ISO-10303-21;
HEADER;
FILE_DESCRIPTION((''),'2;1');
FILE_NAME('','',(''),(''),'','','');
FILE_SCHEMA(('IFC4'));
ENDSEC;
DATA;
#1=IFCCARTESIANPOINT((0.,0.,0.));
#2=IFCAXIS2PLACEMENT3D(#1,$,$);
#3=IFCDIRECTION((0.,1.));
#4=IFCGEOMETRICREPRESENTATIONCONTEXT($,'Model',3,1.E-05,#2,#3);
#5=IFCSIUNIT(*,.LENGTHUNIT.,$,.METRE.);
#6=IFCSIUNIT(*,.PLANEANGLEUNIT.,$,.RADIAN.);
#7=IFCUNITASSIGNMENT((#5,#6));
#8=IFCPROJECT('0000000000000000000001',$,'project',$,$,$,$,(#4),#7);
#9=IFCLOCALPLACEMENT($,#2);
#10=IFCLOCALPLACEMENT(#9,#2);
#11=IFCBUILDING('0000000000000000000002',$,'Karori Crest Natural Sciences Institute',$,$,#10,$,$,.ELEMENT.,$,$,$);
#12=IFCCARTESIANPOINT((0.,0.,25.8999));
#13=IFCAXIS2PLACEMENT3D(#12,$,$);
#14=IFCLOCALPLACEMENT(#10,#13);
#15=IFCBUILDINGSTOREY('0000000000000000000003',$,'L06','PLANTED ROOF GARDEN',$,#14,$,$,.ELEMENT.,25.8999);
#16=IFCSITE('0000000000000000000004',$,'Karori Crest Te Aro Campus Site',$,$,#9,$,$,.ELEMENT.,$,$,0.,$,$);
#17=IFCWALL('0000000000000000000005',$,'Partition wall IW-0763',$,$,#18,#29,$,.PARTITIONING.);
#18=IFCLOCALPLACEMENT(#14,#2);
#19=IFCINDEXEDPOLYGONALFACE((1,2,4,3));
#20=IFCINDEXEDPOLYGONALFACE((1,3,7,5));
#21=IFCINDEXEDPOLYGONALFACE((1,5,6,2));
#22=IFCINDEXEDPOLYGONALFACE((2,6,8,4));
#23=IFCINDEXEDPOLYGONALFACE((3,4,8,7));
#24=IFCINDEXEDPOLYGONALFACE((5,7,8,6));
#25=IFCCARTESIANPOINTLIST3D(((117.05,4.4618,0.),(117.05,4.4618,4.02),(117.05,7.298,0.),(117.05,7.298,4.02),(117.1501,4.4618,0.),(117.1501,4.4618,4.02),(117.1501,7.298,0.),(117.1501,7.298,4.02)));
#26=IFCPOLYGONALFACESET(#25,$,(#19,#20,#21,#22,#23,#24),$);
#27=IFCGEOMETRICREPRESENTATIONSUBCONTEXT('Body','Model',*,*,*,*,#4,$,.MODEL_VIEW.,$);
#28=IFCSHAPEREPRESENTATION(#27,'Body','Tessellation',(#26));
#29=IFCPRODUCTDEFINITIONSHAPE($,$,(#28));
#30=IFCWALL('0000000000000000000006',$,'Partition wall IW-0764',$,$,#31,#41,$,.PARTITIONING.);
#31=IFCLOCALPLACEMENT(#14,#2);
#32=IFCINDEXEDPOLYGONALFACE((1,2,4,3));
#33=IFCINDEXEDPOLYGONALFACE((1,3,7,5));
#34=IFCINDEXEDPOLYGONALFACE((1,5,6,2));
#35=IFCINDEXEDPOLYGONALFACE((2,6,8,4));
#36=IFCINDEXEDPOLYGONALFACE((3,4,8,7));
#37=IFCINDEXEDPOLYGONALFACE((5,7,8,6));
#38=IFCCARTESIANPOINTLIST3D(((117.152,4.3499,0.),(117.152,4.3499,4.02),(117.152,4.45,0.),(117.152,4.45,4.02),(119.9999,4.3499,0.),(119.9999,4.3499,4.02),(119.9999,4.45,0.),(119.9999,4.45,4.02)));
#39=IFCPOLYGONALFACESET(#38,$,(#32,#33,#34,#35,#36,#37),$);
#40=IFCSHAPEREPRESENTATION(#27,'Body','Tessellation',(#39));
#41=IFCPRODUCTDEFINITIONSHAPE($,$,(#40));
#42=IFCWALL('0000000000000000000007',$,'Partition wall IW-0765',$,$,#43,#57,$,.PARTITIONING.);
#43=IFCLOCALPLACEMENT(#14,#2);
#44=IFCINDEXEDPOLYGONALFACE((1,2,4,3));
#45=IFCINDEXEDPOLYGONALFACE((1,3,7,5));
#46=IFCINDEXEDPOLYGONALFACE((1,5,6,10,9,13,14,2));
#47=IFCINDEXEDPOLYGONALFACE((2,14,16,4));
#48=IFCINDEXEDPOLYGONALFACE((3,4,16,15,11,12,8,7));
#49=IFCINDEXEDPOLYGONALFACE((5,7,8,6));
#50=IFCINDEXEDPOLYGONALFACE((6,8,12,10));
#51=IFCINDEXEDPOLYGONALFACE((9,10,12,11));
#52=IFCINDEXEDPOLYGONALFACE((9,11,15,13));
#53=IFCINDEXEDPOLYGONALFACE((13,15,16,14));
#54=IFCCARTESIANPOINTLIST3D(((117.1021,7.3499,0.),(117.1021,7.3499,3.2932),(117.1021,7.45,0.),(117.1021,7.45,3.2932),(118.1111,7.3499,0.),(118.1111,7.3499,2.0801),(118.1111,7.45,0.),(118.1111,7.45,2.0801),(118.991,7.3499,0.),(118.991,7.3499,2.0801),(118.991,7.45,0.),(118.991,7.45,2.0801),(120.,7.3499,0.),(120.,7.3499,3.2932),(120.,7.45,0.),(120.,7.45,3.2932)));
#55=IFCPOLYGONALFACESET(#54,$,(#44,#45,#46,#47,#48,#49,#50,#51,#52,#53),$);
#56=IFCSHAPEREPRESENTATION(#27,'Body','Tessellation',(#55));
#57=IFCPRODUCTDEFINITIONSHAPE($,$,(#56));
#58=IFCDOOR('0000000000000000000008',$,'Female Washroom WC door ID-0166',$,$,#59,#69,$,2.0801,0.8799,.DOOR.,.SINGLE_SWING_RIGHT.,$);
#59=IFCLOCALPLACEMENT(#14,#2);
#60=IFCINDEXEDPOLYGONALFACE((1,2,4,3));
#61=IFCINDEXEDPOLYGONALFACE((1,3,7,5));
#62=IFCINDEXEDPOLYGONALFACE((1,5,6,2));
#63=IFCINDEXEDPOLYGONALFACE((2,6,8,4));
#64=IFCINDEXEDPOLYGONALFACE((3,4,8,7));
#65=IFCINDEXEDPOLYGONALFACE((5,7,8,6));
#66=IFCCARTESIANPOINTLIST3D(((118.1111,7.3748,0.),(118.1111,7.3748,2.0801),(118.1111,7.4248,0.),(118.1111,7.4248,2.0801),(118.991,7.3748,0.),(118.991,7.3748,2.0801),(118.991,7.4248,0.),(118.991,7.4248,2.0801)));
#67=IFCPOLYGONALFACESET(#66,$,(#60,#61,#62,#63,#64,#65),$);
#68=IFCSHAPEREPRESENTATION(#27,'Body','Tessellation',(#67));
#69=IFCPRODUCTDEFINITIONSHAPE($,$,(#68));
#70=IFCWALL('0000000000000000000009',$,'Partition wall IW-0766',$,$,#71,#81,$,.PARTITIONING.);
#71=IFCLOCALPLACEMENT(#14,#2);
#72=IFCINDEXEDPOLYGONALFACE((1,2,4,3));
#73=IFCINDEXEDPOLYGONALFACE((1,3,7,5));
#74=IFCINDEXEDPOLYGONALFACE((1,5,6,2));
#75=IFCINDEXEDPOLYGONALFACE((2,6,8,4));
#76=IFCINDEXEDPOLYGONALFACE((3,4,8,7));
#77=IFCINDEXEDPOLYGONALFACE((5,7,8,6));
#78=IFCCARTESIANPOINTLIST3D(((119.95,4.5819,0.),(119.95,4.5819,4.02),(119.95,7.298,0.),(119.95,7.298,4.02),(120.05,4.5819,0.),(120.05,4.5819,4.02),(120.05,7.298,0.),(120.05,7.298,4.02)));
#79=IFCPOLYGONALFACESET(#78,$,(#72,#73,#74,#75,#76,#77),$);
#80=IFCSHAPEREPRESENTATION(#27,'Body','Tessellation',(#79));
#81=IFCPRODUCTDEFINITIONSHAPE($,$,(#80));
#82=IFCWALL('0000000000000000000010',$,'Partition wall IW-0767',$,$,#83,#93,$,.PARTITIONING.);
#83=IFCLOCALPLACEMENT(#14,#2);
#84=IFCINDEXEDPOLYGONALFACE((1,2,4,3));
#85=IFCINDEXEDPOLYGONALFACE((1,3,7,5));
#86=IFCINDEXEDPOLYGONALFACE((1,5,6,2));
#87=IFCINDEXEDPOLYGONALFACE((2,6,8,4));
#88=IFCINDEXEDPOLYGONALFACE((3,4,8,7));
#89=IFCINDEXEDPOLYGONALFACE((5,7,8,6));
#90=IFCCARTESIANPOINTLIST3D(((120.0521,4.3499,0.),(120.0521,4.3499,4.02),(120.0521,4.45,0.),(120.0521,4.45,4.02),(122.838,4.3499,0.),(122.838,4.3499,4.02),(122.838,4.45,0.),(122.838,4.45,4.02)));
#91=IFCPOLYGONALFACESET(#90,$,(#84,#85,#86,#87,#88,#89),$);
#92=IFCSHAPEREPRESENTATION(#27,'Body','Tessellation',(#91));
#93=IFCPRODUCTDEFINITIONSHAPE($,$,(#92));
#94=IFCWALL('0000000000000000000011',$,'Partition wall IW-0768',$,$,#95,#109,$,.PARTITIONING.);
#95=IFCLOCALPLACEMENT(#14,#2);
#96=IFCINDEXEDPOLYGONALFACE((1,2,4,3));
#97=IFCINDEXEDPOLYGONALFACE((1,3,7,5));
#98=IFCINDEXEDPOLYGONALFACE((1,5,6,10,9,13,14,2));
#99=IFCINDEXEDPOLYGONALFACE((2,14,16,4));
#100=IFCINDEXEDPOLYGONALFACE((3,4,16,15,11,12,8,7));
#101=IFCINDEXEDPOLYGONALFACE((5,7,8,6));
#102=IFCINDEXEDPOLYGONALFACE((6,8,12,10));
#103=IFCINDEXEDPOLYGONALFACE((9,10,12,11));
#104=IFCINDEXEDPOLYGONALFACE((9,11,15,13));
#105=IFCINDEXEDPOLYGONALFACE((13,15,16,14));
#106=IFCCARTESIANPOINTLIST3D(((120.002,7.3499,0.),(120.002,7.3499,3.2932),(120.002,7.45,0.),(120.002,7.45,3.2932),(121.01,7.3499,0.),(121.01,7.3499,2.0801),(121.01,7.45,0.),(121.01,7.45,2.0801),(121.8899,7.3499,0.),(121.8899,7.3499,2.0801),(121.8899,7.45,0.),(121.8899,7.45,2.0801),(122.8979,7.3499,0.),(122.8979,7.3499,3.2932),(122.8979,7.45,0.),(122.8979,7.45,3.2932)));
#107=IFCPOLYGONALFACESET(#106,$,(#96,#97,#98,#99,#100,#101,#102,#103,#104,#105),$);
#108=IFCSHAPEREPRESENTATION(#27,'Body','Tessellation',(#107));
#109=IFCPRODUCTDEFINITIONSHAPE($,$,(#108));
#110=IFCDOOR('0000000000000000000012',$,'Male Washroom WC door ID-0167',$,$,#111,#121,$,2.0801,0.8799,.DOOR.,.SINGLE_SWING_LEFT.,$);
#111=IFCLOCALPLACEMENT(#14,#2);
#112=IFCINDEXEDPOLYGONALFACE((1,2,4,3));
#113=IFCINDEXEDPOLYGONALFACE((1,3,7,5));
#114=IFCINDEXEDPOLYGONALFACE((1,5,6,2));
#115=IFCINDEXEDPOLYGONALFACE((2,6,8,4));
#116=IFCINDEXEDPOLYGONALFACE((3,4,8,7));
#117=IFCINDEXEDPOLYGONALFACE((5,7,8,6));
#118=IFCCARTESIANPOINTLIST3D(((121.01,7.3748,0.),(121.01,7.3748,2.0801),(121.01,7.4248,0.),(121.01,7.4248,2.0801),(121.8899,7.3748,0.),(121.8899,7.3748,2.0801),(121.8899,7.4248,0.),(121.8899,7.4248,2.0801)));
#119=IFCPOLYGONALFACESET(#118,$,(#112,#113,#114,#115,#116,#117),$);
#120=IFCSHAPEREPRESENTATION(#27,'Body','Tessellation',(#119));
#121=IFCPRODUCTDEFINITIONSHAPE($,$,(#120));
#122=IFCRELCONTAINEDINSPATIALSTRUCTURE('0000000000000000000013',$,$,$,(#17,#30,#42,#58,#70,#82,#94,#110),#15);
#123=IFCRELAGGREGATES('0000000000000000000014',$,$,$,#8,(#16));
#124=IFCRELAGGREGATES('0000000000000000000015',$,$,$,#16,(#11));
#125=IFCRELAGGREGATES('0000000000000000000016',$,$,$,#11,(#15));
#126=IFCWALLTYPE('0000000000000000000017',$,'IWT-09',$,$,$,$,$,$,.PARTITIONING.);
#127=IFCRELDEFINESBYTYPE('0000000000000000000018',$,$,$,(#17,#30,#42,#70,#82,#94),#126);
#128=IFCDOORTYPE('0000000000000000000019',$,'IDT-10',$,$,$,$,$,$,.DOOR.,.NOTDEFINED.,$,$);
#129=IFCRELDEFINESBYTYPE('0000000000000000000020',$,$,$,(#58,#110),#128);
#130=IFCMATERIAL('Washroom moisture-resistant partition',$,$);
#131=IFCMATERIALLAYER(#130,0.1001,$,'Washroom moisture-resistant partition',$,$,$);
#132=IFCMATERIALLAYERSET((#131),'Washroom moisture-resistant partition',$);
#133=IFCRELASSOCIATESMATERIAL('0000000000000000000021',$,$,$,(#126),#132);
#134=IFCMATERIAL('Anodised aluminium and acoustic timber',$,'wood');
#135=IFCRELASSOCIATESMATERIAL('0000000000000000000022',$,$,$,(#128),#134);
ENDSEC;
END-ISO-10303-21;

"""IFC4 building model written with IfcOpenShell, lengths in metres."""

from ifc_helpers import new_model, si_unit, direction, frame, frame_2d, origin, place, context, subcontext, project, spatial, rectangle, extrude, material, layer, layer_set, type_object, element, fill, save


model = new_model("IFC4")

# Units and contexts
model_context = context("Model", 3, precision=1e-05, world=origin(), true_north=direction((0.0, 1.0)))
body_context = subcontext(model_context, "Body", "Model", "MODEL_VIEW")
ifc_project = project(units=[si_unit("LENGTHUNIT", "METRE"), si_unit("PLANEANGLEUNIT", "RADIAN")], contexts=[model_context])

# Site, building, storey
site_placement = place(None, origin())
site = spatial("IfcSite", under=ifc_project, at=site_placement, Name="Karori Crest Te Aro Campus Site", CompositionType="ELEMENT", RefElevation=0.0)
building_placement = place(site_placement, origin())
building = spatial("IfcBuilding", under=site, at=building_placement, Name="Karori Crest Natural Sciences Institute", CompositionType="ELEMENT")
storey_placement = place(building_placement, frame((0.0, 0.0, 25.8999)))
storey = spatial("IfcBuildingStorey", under=building, at=storey_placement, Name="L06", Description="PLANTED ROOF GARDEN", CompositionType="ELEMENT", Elevation=25.8999)

# Shared definitions
ifc_material_1 = material(Name="Anodised aluminium and acoustic timber", Category="wood")

# Walls
ifc_material_2 = material(Name="Washroom moisture-resistant partition")
ifc_layer_1 = layer(ifc_material_2, 0.1001, Name="Washroom moisture-resistant partition")
ifc_layer_set_1 = layer_set([ifc_layer_1], Name="Washroom moisture-resistant partition")
wall_type_1 = type_object("IfcWallType", Name="IWT-09", PredefinedType="PARTITIONING", material=ifc_layer_set_1)
wall_1_placement = place(storey_placement, frame((117.1001, 4.4619, 0.0), z_axis=(0.0, 0.0, 1.0), x_axis=(0.0, 1.0, 0.0)))
element("IfcWall", 1, at=wall_1_placement, inside=storey, type_object=wall_type_1, Name="Partition wall IW-0763", PredefinedType="PARTITIONING", context=body_context, shape_type="SweptSolid", body=[
    extrude(rectangle(XDim=2.8362, YDim=0.1001, at=frame_2d((1.418, 0.0))), origin(), (0.0, 0.0, 1.0), 4.02),
])
wall_2_placement = place(storey_placement, frame((117.1521, 4.3999, 0.0), z_axis=(0.0, 0.0, 1.0), x_axis=(1.0, 0.0, 0.0)))
element("IfcWall", 2, at=wall_2_placement, inside=storey, type_object=wall_type_1, Name="Partition wall IW-0764", PredefinedType="PARTITIONING", context=body_context, shape_type="SweptSolid", body=[
    extrude(rectangle(XDim=2.8479, YDim=0.1001, at=frame_2d((1.4238, 0.0))), origin(), (0.0, 0.0, 1.0), 4.02),
])

# Wall, opening, door
wall_3_placement = place(storey_placement, frame((117.1021, 7.3999, 0.0), z_axis=(0.0, 0.0, 1.0), x_axis=(1.0, 0.0, 0.0)))
wall_3 = element("IfcWall", 3, at=wall_3_placement, inside=storey, type_object=wall_type_1, Name="Partition wall IW-0765", PredefinedType="PARTITIONING", context=body_context, shape_type="SweptSolid", body=[
    extrude(rectangle(XDim=2.8979, YDim=0.1001, at=frame_2d((1.449, 0.0))), origin(), (0.0, 0.0, 1.0), 3.2932),
])
opening_1_placement = place(wall_3_placement, frame((1.009, 0.0, 0.0)))
opening_1 = element("IfcOpeningElement", 4, at=opening_1_placement, cuts=wall_3, PredefinedType="OPENING", context=body_context, shape_type="SweptSolid", body=[
    extrude(rectangle(XDim=0.8799, YDim=2.0801, at=frame_2d((0.4399, 1.04))), frame((0.0, 0.0601, 0.0), z_axis=(0.0, -1.0, 0.0), x_axis=(1.0, 0.0, 0.0)), (0.0, 0.0, 1.0), 0.1201),
])
door_type_1 = type_object("IfcDoorType", Name="IDT-10", OperationType="NOTDEFINED", PredefinedType="DOOR", material=ifc_material_1)
door_1_placement = place(opening_1_placement, origin())
door_1 = element("IfcDoor", 5, at=door_1_placement, inside=storey, type_object=door_type_1, Name="Female Washroom WC door ID-0166", OperationType="SINGLE_SWING_RIGHT", OverallHeight=2.0801, OverallWidth=0.8799, PredefinedType="DOOR", context=body_context, shape_type="SweptSolid", body=[
    extrude(rectangle(XDim=0.8799, YDim=2.0801, at=frame_2d((0.4399, 1.04))), frame((0.0, 0.0249, 0.0), z_axis=(0.0, -1.0, 0.0), x_axis=(1.0, 0.0, 0.0)), (0.0, 0.0, 1.0), 0.05),
])
fill(opening_1, door_1)

# Walls
wall_4_placement = place(storey_placement, frame((120.0, 4.582, 0.0), z_axis=(0.0, 0.0, 1.0), x_axis=(0.0, 1.0, 0.0)))
element("IfcWall", 6, at=wall_4_placement, inside=storey, type_object=wall_type_1, Name="Partition wall IW-0766", PredefinedType="PARTITIONING", context=body_context, shape_type="SweptSolid", body=[
    extrude(rectangle(XDim=2.7161, YDim=0.1001, at=frame_2d((1.3579, 0.0))), origin(), (0.0, 0.0, 1.0), 4.02),
])
wall_5_placement = place(storey_placement, frame((120.052, 4.3999, 0.0), z_axis=(0.0, 0.0, 1.0), x_axis=(1.0, 0.0, 0.0)))
element("IfcWall", 7, at=wall_5_placement, inside=storey, type_object=wall_type_1, Name="Partition wall IW-0767", PredefinedType="PARTITIONING", context=body_context, shape_type="SweptSolid", body=[
    extrude(rectangle(XDim=2.7859, YDim=0.1001, at=frame_2d((1.3931, 0.0))), origin(), (0.0, 0.0, 1.0), 4.02),
])

# Wall, opening, door
wall_6_placement = place(storey_placement, frame((120.002, 7.3999, 0.0), z_axis=(0.0, 0.0, 1.0), x_axis=(1.0, 0.0, 0.0)))
wall_6 = element("IfcWall", 8, at=wall_6_placement, inside=storey, type_object=wall_type_1, Name="Partition wall IW-0768", PredefinedType="PARTITIONING", context=body_context, shape_type="SweptSolid", body=[
    extrude(rectangle(XDim=2.896, YDim=0.1001, at=frame_2d((1.448, 0.0))), origin(), (0.0, 0.0, 1.0), 3.2932),
])
opening_2_placement = place(wall_6_placement, frame((1.0081, 0.0, 0.0)))
opening_2 = element("IfcOpeningElement", 9, at=opening_2_placement, cuts=wall_6, PredefinedType="OPENING", context=body_context, shape_type="SweptSolid", body=[
    extrude(rectangle(XDim=0.8799, YDim=2.0801, at=frame_2d((0.4399, 1.04))), frame((0.0, 0.0601, 0.0), z_axis=(0.0, -1.0, 0.0), x_axis=(1.0, 0.0, 0.0)), (0.0, 0.0, 1.0), 0.1201),
])
door_2_placement = place(opening_2_placement, origin())
door_2 = element("IfcDoor", 10, at=door_2_placement, inside=storey, type_object=door_type_1, Name="Male Washroom WC door ID-0167", OperationType="SINGLE_SWING_LEFT", OverallHeight=2.0801, OverallWidth=0.8799, PredefinedType="DOOR", context=body_context, shape_type="SweptSolid", body=[
    extrude(rectangle(XDim=0.8799, YDim=2.0801, at=frame_2d((0.4399, 1.04))), frame((0.0, 0.0249, 0.0), z_axis=(0.0, -1.0, 0.0), x_axis=(1.0, 0.0, 0.0)), (0.0, 0.0, 1.0), 0.05),
])
fill(opening_2, door_2)

save(model, "model.ifc")
